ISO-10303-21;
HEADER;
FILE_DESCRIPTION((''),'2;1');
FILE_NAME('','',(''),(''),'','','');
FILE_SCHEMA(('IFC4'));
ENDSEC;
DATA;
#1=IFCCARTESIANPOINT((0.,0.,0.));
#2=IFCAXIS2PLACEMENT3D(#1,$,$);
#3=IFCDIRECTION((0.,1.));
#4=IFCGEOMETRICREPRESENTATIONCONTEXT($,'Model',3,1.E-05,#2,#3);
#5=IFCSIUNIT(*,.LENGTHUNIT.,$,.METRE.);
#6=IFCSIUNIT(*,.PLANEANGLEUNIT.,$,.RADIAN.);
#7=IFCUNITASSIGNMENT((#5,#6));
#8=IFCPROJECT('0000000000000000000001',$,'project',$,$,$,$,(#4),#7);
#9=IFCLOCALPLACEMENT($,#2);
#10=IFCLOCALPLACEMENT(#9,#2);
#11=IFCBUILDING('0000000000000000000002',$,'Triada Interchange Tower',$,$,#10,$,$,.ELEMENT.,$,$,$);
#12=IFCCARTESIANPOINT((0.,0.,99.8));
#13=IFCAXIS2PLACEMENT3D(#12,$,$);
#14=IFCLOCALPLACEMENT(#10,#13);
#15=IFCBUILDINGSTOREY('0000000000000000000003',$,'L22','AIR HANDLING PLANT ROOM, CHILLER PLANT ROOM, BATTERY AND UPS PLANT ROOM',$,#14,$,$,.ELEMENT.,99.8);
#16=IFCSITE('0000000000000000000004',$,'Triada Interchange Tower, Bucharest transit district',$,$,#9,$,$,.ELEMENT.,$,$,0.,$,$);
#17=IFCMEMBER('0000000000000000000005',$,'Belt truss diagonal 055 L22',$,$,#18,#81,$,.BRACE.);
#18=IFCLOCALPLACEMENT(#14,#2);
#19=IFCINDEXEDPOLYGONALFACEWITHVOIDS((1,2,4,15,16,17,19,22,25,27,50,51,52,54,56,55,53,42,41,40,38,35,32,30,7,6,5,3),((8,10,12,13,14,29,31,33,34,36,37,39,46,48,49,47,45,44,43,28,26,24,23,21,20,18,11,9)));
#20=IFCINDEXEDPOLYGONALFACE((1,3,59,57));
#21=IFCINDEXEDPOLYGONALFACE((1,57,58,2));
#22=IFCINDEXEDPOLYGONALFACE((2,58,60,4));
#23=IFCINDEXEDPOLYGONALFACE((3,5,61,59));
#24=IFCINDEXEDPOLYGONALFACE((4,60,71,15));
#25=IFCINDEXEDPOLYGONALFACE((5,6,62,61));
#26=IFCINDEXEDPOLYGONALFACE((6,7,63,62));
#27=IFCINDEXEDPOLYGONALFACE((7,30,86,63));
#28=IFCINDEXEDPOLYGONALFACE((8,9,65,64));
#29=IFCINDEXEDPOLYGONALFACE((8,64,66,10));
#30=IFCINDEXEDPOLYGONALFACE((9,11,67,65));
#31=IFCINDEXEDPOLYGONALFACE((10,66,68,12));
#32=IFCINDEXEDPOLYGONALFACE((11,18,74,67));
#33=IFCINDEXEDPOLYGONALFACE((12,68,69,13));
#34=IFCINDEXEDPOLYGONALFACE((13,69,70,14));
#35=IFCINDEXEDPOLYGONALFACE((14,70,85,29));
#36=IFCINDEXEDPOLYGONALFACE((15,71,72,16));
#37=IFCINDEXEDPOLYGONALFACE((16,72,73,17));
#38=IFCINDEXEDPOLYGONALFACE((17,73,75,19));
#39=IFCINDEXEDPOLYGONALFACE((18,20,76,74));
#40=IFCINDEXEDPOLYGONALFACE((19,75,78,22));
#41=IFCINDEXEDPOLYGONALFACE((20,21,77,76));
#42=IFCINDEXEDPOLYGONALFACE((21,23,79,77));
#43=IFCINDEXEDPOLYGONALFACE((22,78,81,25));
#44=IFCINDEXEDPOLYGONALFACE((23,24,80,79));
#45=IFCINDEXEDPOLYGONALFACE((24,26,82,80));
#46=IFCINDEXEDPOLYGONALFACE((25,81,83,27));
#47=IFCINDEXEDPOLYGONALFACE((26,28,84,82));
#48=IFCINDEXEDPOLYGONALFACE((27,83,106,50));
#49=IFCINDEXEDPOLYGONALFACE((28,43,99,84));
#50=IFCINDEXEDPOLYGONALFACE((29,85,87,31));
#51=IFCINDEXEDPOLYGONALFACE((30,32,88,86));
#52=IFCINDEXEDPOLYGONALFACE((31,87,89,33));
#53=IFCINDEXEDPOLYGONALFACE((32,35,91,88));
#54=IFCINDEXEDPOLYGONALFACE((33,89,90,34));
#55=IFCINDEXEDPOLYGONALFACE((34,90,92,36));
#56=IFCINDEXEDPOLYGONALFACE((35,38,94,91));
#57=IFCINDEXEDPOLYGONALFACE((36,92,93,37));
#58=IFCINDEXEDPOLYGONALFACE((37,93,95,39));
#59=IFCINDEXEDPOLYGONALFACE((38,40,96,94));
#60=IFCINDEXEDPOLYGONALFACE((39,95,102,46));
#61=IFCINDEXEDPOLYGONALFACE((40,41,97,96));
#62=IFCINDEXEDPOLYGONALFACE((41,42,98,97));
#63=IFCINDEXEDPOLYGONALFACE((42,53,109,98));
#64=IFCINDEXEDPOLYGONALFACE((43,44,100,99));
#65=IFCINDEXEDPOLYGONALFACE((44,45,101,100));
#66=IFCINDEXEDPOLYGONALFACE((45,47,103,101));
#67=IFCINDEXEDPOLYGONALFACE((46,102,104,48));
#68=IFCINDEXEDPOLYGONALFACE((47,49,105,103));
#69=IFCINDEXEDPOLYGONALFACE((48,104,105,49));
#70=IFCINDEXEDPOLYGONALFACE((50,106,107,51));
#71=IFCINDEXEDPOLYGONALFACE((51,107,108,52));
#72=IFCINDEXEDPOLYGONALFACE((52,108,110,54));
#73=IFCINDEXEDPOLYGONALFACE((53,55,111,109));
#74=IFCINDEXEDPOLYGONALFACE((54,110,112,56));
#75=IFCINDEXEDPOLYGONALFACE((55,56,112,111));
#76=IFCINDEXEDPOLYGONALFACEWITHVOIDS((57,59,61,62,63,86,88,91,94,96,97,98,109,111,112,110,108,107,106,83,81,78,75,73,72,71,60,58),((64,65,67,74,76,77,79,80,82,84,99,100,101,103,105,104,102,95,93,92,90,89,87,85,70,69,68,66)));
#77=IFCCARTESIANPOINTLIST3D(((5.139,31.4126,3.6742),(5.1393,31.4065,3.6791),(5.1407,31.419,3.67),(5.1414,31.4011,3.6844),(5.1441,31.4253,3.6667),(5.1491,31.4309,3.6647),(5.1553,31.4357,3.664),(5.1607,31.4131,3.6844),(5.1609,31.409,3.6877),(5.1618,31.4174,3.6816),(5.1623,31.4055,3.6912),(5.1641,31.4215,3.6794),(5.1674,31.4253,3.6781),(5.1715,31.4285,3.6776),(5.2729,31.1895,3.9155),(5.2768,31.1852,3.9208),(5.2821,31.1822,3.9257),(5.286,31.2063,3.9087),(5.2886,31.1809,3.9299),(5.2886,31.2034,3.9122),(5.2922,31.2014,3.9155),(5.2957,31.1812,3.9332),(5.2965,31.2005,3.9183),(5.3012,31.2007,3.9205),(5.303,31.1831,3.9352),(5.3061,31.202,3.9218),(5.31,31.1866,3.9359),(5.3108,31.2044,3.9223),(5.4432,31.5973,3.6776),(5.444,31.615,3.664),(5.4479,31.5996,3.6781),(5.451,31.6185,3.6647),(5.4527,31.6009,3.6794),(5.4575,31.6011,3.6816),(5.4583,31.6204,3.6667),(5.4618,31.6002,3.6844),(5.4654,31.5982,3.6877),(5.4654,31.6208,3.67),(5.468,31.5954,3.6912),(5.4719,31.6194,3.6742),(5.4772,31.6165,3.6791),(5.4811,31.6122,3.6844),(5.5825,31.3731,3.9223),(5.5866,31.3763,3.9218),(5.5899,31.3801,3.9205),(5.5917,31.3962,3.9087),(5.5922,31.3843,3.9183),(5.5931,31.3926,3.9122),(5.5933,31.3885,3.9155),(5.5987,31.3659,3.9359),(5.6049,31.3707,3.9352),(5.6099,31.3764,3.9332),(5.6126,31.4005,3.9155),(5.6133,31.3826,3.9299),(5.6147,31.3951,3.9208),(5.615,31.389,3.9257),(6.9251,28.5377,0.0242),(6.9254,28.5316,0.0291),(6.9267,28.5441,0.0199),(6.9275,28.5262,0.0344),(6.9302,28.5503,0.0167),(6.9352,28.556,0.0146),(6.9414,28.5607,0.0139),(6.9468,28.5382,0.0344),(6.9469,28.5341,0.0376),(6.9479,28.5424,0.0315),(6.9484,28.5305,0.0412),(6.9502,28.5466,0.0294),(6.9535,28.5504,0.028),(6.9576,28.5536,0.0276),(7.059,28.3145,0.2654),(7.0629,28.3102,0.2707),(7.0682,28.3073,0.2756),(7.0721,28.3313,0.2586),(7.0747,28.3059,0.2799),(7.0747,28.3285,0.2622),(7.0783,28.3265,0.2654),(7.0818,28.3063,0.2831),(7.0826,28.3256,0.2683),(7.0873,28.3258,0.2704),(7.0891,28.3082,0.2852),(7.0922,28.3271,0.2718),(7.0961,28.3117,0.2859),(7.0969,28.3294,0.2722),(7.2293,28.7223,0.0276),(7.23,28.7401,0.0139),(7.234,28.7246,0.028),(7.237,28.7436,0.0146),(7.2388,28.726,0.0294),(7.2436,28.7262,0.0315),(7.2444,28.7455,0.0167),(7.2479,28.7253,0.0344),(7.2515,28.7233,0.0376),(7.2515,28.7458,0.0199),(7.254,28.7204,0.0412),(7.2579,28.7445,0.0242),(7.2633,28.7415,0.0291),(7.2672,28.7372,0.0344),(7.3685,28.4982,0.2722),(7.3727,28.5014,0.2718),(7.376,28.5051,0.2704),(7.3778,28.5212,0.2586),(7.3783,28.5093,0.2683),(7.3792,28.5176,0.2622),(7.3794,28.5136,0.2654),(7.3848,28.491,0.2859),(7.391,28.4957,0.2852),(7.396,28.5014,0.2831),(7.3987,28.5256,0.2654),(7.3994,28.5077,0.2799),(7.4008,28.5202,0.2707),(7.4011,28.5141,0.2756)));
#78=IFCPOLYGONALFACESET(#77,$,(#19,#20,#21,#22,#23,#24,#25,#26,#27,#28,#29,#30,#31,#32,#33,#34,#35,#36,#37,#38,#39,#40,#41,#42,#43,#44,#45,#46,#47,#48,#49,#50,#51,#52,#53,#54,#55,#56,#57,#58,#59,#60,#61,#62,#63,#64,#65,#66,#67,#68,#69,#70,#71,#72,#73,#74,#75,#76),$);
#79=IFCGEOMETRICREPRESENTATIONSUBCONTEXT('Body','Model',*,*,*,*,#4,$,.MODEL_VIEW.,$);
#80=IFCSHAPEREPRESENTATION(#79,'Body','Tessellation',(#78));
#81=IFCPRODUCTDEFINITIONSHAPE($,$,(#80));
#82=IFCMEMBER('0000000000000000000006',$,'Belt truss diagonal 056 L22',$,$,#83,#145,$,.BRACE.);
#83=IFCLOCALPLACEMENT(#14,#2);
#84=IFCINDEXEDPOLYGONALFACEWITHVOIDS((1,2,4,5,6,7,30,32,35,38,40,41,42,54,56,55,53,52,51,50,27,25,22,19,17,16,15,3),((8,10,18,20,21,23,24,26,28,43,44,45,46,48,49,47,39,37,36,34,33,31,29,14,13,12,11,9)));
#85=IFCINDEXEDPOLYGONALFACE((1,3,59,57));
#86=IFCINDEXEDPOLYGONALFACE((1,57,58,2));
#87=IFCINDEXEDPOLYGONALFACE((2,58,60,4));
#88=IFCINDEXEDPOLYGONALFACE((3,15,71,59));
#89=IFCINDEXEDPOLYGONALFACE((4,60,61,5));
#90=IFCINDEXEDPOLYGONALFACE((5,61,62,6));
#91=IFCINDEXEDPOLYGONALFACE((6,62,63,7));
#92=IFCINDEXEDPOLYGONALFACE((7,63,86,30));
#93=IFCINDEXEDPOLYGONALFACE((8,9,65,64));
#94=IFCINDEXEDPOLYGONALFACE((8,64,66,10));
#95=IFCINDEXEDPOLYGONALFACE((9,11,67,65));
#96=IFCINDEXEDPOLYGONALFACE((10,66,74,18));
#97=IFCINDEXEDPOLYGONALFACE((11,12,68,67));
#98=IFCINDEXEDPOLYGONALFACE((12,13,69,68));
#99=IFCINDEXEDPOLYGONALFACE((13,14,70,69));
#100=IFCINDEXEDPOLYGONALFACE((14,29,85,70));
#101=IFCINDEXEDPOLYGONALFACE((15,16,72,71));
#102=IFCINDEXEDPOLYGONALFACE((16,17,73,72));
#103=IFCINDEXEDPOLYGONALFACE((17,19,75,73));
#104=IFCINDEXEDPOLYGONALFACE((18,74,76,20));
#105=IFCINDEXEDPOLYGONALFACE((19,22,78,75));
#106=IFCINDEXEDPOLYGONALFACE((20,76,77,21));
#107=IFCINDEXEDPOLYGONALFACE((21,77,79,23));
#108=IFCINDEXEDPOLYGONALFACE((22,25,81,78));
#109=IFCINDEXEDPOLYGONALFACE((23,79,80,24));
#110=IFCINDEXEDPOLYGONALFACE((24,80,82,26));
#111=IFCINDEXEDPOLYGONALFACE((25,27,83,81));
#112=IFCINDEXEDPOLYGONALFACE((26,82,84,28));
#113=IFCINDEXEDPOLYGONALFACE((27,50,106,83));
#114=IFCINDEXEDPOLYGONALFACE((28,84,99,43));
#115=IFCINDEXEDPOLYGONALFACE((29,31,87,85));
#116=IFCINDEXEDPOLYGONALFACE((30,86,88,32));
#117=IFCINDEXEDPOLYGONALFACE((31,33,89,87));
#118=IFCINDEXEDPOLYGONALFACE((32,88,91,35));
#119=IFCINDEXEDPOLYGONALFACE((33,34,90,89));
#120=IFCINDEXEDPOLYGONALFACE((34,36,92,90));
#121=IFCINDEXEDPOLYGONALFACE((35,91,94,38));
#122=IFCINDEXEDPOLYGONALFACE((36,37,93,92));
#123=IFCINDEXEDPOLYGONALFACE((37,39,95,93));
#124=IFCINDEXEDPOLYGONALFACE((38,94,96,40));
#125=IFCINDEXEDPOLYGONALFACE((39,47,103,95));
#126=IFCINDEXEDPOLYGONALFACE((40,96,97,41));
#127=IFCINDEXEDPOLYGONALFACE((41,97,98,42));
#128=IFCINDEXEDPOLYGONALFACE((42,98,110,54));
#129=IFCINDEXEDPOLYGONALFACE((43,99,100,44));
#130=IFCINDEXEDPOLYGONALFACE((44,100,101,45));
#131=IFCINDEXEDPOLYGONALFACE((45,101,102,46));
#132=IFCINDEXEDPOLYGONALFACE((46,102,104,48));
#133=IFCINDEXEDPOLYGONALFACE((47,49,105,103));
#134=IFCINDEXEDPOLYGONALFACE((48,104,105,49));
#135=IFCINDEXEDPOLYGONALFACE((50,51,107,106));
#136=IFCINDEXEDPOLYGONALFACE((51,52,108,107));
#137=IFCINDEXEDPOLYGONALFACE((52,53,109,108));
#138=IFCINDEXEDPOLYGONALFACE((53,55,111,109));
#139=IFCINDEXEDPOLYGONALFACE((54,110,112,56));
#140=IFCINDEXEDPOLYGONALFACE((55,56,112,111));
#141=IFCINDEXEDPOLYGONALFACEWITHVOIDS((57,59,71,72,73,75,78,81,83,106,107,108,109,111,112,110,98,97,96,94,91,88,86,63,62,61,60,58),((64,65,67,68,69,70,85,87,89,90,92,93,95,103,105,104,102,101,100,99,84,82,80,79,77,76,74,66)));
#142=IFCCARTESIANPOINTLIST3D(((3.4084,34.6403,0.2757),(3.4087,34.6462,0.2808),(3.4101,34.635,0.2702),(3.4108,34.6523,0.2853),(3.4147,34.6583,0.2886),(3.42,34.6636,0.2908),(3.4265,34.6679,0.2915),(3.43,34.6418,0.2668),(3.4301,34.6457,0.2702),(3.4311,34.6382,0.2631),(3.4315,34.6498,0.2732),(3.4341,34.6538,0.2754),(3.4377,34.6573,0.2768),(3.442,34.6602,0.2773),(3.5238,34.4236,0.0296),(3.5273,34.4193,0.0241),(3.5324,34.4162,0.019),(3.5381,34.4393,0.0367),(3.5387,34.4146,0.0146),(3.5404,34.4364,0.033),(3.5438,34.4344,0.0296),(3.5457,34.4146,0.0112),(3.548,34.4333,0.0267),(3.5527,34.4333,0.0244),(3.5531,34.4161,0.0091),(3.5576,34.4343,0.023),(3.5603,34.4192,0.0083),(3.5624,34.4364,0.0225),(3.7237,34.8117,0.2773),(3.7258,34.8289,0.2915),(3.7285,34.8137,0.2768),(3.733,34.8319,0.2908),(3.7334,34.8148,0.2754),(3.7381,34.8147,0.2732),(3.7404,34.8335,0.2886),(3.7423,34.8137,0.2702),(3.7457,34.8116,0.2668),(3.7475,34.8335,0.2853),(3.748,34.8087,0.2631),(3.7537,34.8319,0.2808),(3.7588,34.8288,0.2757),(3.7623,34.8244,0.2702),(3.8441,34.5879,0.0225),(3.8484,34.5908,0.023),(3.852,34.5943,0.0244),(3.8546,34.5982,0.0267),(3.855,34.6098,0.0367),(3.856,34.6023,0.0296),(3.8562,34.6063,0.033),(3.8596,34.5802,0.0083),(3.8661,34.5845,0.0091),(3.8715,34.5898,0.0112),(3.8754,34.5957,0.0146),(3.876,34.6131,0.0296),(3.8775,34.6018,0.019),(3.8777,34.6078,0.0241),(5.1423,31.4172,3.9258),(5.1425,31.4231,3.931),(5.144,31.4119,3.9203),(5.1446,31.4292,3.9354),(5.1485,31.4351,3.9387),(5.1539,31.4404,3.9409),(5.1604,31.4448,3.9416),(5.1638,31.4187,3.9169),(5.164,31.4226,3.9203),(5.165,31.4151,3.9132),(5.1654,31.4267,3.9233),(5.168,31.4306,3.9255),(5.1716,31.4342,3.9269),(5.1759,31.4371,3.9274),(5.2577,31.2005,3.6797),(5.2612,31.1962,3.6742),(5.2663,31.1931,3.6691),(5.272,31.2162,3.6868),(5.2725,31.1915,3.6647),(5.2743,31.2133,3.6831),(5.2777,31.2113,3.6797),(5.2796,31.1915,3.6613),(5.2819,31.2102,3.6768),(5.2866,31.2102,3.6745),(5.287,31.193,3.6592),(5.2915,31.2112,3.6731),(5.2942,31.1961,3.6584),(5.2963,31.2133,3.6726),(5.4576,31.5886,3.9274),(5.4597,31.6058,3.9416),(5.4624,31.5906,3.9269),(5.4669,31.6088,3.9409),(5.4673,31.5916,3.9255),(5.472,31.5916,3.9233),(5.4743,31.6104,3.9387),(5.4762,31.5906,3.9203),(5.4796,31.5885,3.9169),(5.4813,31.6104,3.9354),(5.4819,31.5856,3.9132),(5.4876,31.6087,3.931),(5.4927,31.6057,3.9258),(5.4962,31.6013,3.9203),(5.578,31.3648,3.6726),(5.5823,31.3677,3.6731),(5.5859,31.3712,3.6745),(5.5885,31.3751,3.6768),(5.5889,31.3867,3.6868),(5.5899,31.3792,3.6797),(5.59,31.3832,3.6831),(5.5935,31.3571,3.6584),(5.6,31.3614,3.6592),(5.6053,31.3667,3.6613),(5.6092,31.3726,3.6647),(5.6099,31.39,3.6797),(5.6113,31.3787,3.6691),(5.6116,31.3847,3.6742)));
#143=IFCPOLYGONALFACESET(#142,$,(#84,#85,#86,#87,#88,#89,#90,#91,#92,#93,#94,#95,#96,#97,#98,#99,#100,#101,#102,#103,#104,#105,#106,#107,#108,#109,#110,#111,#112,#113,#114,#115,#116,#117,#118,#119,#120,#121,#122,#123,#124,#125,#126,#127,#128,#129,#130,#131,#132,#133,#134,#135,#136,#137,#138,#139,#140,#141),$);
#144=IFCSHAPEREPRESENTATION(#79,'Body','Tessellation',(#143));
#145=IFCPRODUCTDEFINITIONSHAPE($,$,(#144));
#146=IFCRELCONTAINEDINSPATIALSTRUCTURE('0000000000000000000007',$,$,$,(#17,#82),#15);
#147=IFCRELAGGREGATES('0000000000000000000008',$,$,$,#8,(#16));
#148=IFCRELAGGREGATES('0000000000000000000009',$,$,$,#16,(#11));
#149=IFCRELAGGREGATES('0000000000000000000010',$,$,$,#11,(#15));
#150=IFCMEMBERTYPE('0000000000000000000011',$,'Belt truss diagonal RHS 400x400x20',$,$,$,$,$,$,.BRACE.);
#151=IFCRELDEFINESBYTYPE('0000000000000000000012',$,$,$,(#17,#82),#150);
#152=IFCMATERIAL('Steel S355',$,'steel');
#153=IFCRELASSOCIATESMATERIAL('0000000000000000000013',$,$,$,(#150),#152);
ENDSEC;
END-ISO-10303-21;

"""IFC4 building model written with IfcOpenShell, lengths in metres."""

from ifc_helpers import new_model, si_unit, direction, frame, origin, origin_2d, place, context, subcontext, project, spatial, hollow_rectangle, extrude, material, material_profile, profile_set, type_object, element, save


model = new_model("IFC4")

# Units and contexts
model_context = context("Model", 3, precision=1e-05, world=origin(), true_north=direction((0.0, 1.0)))
body_context = subcontext(model_context, "Body", "Model", "MODEL_VIEW")
ifc_project = project(units=[si_unit("LENGTHUNIT", "METRE"), si_unit("PLANEANGLEUNIT", "RADIAN")], contexts=[model_context])

# Site, building, storey
site_placement = place(None, origin())
site = spatial("IfcSite", under=ifc_project, at=site_placement, Name="Triada Interchange Tower, Bucharest transit district", CompositionType="ELEMENT", RefElevation=0.0)
building_placement = place(site_placement, origin())
building = spatial("IfcBuilding", under=site, at=building_placement, Name="Triada Interchange Tower", CompositionType="ELEMENT")
storey_placement = place(building_placement, frame((0.0, 0.0, 99.8)))
storey = spatial("IfcBuildingStorey", under=building, at=storey_placement, Name="L22", Description="AIR HANDLING PLANT ROOM, CHILLER PLANT ROOM, BATTERY AND UPS PLANT ROOM", CompositionType="ELEMENT", Elevation=99.8)

# Members
ifc_material_1 = material(Name="Steel S355", Category="steel")
ifc_material_profile_1 = material_profile(ifc_material_1, hollow_rectangle(XDim=0.3999, YDim=0.3999, WallThickness=0.02, InnerFilletRadius=0.02, OuterFilletRadius=0.03, at=origin_2d()), Name="RHS 400x400x20")
ifc_profile_set_1 = profile_set([ifc_material_profile_1], Name="Steel S355")
member_type_1 = type_object("IfcMemberType", Name="Belt truss diagonal RHS 400x400x20", PredefinedType="BRACE", material=ifc_profile_set_1)
member_1_placement = place(storey_placement, frame((7.1631, 28.5259, 0.1499), z_axis=(-0.358813, 0.577553, 0.733271), x_axis=(-0.849422, -0.527715, 0.0)))
element("IfcMember", 1, at=member_1_placement, inside=storey, type_object=member_type_1, Name="Belt truss diagonal 055 L22", PredefinedType="BRACE", context=body_context, shape_type="SweptSolid", body=[
    extrude(hollow_rectangle(XDim=0.3999, YDim=0.3999, WallThickness=0.02, InnerFilletRadius=0.02, OuterFilletRadius=0.03, at=origin_2d()), origin(), (0.0, 0.0, 1.0), 4.9778),
])
member_2_placement = place(storey_placement, frame((3.6431, 34.624, 0.1499), z_axis=(0.335439, -0.623552, 0.706161), x_axis=(0.88066, 0.47375, 0.0)))
element("IfcMember", 2, at=member_2_placement, inside=storey, type_object=member_type_1, Name="Belt truss diagonal 056 L22", PredefinedType="BRACE", context=body_context, shape_type="SweptSolid", body=[
    extrude(hollow_rectangle(XDim=0.3999, YDim=0.3999, WallThickness=0.02, InnerFilletRadius=0.02, OuterFilletRadius=0.03, at=origin_2d()), origin(), (0.0, 0.0, 1.0), 5.1689),
])

save(model, "model.ifc")
